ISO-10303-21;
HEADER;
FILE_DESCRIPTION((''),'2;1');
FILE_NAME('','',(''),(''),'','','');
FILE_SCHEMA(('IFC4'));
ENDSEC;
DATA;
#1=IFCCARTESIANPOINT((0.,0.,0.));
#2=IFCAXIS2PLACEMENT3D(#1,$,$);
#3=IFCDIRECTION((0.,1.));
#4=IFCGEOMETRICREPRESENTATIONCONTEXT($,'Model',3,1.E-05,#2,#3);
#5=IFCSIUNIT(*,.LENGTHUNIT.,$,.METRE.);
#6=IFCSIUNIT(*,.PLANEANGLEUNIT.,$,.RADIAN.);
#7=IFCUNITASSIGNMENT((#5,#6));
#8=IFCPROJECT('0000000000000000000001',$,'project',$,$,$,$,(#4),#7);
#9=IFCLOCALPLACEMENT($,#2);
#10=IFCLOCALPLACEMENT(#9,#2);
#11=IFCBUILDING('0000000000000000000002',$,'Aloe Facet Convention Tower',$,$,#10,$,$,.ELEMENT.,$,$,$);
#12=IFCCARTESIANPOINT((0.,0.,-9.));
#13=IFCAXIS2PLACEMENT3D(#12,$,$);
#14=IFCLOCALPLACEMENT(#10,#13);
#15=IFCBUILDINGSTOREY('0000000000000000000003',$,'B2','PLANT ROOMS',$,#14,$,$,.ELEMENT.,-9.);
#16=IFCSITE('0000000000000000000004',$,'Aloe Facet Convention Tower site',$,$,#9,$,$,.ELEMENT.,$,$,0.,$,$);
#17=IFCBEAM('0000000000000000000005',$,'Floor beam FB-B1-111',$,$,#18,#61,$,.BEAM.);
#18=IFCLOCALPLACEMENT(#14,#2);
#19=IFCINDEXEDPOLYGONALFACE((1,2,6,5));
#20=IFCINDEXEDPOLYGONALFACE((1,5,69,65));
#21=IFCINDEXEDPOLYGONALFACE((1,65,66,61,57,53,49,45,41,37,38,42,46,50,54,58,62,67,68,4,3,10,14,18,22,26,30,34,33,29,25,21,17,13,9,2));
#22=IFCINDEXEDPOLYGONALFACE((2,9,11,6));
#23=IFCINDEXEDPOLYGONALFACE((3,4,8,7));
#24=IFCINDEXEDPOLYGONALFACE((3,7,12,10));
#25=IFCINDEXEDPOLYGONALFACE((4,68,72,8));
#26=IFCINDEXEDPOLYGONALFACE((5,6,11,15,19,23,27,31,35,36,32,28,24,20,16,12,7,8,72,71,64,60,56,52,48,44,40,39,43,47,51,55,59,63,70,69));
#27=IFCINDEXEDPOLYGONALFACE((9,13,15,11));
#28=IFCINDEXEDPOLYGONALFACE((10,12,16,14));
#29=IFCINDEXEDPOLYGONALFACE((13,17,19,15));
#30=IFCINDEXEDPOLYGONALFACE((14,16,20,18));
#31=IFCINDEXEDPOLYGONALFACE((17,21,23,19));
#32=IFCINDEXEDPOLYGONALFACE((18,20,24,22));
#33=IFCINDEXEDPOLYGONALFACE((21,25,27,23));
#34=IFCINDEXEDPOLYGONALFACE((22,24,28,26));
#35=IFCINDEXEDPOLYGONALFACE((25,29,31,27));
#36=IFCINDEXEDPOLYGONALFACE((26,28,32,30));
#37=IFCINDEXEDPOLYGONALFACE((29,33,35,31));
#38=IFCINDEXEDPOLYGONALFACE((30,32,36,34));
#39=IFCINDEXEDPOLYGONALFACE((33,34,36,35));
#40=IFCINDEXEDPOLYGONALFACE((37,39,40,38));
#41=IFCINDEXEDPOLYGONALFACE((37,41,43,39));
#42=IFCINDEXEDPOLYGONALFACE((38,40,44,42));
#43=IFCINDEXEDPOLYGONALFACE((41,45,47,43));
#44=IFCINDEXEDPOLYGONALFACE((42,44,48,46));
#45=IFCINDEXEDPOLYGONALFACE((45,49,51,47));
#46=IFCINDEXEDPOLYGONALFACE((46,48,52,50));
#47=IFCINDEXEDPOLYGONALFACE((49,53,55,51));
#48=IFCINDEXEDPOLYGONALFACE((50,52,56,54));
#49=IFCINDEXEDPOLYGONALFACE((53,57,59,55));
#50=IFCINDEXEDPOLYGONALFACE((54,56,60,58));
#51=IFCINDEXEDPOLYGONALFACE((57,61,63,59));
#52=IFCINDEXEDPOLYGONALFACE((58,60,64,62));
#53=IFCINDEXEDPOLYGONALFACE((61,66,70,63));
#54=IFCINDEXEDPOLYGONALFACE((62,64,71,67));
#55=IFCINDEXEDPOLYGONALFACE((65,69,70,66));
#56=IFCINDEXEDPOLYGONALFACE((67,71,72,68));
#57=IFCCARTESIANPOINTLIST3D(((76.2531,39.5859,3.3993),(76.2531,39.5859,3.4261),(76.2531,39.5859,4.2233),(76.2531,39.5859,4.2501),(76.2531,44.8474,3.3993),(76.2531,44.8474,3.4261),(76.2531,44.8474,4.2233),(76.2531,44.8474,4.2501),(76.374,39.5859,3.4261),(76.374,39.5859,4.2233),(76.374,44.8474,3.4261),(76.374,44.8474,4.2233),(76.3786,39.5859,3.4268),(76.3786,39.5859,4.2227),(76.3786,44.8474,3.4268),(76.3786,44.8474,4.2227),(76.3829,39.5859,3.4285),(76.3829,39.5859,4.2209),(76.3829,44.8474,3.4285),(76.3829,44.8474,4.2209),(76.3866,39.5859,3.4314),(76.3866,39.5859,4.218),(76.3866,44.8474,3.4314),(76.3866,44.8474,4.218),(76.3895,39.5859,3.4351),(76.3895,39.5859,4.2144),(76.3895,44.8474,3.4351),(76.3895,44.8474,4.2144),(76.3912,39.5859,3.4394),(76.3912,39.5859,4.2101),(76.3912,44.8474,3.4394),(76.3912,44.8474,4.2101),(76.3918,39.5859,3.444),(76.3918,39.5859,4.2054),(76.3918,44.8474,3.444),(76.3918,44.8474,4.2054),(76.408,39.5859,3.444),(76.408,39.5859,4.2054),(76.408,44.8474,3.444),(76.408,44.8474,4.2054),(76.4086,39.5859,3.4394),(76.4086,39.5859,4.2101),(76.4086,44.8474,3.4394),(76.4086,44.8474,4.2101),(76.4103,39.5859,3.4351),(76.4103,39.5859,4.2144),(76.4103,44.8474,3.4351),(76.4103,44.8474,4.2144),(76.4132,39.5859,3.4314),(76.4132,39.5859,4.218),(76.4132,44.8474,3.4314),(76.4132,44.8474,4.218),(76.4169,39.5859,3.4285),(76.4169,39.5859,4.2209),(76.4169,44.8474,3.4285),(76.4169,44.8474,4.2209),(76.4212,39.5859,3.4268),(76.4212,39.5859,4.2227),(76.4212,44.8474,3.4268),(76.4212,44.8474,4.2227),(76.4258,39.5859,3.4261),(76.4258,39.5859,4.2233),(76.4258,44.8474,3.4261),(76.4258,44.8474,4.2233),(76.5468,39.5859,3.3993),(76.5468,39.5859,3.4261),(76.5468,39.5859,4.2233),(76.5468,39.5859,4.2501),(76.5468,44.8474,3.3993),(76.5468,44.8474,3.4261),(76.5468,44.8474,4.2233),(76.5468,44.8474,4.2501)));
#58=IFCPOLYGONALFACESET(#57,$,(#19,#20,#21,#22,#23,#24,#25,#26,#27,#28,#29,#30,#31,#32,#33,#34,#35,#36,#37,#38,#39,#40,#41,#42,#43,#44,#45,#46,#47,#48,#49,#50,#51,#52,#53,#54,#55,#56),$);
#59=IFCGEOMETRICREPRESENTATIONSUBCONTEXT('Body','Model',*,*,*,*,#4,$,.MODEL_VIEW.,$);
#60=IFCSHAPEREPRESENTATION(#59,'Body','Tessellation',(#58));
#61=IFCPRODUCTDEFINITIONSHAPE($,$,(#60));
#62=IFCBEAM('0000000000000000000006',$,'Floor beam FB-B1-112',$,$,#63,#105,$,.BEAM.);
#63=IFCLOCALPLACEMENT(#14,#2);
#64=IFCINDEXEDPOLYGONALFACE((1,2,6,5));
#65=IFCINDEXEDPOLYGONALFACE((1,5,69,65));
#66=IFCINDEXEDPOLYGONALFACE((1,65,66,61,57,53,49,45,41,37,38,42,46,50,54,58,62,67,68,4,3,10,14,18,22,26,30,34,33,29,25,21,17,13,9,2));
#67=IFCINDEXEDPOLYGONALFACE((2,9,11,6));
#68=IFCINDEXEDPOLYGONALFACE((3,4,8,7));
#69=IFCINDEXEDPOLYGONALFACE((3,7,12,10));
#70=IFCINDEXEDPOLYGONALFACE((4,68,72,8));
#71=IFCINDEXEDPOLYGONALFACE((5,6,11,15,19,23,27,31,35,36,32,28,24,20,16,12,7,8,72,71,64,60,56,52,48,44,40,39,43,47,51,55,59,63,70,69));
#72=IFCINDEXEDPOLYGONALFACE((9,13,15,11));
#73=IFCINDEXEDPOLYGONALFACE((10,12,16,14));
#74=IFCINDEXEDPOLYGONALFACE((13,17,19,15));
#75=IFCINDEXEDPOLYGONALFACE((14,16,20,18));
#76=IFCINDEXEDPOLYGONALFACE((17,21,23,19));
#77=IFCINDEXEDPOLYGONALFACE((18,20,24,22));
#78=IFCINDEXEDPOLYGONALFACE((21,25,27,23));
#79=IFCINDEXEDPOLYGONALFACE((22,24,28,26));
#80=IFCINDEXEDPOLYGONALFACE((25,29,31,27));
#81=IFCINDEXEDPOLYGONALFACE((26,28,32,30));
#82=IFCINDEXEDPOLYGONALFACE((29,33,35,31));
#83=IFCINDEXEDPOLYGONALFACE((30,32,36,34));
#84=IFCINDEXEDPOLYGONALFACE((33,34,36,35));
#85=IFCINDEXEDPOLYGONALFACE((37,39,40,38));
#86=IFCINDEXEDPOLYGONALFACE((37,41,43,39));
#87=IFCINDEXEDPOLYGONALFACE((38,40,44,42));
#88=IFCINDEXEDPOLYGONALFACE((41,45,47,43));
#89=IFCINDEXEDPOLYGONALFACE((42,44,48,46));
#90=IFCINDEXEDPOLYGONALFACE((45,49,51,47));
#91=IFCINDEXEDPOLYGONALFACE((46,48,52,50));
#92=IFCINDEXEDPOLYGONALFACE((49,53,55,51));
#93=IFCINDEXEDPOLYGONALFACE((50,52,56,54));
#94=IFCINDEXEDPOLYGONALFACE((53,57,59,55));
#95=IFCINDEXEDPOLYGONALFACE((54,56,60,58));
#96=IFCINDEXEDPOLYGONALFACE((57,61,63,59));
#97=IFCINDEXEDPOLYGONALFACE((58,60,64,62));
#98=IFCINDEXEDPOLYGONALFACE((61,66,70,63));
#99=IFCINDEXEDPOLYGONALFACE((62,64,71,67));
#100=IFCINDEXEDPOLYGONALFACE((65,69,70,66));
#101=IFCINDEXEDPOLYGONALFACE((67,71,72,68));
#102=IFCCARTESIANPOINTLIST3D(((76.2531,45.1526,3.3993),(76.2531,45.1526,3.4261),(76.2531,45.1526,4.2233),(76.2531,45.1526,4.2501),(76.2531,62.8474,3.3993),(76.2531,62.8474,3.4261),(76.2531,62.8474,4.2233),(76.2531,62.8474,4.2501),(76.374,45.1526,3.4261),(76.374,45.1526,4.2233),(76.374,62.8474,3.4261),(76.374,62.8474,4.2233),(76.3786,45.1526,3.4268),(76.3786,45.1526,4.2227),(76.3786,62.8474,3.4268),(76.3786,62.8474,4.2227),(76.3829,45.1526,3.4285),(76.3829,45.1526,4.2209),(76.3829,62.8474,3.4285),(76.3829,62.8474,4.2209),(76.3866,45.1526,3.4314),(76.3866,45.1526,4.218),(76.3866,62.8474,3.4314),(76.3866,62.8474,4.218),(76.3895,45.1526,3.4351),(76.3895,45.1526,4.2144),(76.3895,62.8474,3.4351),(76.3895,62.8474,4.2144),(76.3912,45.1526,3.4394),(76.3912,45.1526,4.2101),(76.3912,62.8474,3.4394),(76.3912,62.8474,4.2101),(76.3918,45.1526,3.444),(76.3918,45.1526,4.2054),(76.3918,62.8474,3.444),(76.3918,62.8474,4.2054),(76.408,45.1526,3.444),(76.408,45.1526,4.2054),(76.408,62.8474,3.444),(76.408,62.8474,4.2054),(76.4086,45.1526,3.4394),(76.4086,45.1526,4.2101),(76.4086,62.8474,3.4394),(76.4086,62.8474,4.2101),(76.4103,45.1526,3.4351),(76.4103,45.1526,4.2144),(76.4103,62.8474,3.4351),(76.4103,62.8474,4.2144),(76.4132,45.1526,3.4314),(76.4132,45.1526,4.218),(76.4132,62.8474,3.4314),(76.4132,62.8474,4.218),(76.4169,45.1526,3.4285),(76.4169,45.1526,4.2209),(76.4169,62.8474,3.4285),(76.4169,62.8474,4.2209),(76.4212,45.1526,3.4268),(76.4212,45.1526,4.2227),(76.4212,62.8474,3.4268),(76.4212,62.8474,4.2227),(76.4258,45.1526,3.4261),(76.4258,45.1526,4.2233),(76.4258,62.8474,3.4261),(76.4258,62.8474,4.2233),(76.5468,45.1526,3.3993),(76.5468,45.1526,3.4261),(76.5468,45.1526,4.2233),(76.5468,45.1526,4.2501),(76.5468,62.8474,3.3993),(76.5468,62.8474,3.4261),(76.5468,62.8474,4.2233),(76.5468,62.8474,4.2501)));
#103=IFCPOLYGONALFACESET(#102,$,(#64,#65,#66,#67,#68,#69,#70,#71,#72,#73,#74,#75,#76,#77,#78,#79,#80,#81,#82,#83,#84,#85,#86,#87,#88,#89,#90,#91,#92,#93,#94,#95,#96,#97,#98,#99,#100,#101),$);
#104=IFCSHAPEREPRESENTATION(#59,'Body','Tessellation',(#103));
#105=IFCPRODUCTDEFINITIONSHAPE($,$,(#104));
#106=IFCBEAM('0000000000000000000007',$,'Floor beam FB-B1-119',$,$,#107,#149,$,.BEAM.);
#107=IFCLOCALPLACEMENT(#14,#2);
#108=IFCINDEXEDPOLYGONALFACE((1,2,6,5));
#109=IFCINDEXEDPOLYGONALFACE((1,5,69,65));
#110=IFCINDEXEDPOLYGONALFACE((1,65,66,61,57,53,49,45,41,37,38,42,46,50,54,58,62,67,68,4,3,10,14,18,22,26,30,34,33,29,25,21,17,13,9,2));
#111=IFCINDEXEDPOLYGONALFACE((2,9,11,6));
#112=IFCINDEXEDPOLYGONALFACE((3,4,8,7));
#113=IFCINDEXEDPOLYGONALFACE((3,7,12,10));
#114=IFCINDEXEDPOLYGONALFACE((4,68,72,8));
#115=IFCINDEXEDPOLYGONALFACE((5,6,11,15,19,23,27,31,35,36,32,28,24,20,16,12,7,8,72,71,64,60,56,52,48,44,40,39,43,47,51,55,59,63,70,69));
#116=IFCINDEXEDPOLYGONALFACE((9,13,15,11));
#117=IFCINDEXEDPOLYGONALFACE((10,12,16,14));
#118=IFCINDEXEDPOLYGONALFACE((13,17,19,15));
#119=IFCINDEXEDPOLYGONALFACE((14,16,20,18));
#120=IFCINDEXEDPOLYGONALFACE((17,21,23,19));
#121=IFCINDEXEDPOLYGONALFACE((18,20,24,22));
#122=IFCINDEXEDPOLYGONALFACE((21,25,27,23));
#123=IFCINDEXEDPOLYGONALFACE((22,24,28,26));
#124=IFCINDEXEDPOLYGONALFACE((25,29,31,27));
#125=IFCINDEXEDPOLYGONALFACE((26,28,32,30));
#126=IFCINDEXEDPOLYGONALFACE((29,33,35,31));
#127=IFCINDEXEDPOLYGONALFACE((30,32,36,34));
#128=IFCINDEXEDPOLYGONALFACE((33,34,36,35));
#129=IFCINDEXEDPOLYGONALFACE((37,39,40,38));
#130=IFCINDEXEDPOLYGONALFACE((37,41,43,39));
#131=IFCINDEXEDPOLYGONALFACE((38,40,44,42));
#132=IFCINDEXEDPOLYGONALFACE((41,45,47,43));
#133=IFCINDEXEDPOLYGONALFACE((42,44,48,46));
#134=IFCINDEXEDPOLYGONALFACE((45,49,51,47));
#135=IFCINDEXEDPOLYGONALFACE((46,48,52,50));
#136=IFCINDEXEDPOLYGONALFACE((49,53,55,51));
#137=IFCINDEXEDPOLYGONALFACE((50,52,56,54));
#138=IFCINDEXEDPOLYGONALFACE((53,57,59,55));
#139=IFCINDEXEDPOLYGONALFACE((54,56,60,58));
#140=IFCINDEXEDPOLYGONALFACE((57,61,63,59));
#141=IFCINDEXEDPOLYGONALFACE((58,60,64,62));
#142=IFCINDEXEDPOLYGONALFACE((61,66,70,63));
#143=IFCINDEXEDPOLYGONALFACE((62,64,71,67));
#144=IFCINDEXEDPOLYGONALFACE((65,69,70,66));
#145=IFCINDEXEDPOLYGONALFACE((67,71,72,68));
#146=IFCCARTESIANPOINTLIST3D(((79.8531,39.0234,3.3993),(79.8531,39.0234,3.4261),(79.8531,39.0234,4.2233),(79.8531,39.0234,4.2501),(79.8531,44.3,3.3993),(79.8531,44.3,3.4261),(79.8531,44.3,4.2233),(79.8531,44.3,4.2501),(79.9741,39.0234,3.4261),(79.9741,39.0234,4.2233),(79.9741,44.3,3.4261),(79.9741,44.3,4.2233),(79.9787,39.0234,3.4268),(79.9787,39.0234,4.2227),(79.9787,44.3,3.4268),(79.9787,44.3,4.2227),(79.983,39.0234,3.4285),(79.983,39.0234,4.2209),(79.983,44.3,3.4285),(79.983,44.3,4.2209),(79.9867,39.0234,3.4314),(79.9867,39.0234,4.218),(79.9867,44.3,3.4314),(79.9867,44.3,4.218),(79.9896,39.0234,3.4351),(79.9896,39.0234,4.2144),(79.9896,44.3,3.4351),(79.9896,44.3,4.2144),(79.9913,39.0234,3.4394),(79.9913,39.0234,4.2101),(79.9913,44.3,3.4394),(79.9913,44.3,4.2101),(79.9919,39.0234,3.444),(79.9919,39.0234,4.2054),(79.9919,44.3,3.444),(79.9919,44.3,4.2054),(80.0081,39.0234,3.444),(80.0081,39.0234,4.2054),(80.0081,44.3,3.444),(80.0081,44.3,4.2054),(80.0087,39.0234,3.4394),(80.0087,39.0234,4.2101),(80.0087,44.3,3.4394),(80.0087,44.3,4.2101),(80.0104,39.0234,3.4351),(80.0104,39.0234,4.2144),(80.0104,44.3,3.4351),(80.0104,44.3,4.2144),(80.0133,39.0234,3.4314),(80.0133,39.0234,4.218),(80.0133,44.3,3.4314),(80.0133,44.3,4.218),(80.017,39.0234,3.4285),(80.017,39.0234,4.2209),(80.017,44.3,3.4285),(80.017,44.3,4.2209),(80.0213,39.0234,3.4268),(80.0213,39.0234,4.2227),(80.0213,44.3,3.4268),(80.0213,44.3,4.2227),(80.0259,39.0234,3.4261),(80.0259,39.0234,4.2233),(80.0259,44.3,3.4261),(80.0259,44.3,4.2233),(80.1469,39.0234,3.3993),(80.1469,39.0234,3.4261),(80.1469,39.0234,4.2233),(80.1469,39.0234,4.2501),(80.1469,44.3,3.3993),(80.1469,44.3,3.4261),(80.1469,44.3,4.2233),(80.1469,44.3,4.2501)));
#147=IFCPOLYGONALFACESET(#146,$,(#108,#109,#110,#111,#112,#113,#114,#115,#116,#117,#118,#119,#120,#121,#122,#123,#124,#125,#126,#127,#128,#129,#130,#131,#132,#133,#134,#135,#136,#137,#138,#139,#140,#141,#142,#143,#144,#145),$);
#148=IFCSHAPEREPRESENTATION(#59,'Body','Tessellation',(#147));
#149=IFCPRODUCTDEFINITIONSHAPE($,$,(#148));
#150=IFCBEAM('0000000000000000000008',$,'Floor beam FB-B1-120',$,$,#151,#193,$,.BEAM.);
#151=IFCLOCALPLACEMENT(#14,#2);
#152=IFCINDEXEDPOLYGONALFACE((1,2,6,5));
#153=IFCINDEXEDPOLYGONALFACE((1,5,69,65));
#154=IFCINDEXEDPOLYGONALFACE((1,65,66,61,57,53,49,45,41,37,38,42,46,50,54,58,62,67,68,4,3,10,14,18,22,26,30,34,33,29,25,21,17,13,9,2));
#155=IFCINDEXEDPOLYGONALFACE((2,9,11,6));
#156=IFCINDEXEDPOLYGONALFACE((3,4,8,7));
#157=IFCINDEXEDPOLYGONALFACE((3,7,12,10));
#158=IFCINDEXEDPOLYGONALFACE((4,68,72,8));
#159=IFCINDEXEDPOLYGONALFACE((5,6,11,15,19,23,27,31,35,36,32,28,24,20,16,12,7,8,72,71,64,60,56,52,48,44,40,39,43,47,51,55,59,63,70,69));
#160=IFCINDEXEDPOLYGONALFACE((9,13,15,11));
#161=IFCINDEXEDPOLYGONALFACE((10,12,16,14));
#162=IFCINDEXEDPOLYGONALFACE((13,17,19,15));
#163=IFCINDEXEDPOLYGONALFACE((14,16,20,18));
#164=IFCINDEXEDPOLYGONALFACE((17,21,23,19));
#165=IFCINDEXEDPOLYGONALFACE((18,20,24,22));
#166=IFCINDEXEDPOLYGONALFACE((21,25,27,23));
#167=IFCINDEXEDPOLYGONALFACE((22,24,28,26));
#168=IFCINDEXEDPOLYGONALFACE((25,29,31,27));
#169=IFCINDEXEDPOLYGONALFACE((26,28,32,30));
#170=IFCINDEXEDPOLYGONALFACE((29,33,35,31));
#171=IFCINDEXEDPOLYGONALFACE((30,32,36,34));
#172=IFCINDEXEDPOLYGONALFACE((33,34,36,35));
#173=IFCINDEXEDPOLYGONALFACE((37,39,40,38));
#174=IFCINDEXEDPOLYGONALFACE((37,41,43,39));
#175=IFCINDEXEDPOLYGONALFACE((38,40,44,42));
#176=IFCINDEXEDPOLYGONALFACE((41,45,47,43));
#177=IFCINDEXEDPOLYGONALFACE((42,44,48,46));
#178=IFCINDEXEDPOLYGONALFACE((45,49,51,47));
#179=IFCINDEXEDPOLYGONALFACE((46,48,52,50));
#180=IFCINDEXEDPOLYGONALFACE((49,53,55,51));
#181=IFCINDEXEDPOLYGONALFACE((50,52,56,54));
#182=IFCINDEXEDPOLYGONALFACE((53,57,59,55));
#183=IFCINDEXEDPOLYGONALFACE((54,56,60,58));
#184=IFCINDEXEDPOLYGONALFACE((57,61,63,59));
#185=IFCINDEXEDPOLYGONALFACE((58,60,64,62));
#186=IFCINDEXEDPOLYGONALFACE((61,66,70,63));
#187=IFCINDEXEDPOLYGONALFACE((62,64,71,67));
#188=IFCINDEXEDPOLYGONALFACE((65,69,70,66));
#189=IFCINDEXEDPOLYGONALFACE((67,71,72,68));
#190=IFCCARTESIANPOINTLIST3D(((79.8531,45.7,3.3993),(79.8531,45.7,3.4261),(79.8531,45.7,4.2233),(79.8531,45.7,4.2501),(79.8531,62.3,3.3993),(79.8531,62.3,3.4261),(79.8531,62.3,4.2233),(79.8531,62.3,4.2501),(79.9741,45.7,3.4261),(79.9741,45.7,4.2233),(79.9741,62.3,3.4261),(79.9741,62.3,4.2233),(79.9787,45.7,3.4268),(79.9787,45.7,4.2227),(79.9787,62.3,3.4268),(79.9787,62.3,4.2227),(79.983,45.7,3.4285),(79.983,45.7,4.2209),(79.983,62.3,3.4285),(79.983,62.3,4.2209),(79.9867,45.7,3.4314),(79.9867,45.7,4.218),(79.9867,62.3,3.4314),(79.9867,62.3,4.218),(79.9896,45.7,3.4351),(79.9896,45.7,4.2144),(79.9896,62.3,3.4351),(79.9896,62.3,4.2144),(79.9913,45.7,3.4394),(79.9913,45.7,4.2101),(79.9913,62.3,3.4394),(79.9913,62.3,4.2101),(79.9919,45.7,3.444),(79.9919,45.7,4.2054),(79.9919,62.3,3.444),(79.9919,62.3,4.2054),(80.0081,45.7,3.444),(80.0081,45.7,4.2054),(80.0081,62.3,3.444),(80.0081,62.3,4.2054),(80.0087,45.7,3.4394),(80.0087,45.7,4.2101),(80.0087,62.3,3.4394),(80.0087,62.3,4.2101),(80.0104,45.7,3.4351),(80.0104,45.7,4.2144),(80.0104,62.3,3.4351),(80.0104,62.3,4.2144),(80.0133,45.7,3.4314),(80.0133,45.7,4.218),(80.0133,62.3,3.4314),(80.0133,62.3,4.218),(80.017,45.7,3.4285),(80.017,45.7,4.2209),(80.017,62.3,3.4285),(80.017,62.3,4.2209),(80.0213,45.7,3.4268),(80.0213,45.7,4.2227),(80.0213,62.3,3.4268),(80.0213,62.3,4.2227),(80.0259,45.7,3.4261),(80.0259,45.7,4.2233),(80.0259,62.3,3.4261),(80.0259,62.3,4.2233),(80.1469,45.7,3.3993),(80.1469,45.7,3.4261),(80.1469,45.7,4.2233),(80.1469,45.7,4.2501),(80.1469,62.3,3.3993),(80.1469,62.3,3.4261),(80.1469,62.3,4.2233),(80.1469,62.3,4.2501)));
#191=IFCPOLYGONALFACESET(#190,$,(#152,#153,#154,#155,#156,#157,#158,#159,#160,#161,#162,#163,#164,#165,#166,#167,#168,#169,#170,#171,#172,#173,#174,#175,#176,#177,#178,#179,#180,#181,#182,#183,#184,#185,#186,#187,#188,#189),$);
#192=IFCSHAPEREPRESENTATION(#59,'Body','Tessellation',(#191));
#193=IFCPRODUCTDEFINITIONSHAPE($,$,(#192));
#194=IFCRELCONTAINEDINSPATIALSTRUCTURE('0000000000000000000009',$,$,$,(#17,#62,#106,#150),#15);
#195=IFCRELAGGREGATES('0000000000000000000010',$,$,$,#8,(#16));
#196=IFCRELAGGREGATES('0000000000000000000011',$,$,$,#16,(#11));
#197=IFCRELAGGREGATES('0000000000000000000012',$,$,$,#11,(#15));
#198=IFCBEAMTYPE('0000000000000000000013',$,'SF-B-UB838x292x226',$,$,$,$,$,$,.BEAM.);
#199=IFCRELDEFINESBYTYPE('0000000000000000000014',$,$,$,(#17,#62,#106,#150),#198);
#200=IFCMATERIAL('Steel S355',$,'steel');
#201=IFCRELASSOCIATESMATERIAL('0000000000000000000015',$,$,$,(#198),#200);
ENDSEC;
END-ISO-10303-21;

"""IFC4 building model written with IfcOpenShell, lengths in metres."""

from ifc_helpers import new_model, si_unit, direction, frame, origin, origin_2d, place, context, subcontext, project, spatial, i_section, extrude, material, material_profile, profile_set, type_object, element, save


model = new_model("IFC4")

# Units and contexts
model_context = context("Model", 3, precision=1e-05, world=origin(), true_north=direction((0.0, 1.0)))
body_context = subcontext(model_context, "Body", "Model", "MODEL_VIEW")
ifc_project = project(units=[si_unit("LENGTHUNIT", "METRE"), si_unit("PLANEANGLEUNIT", "RADIAN")], contexts=[model_context])

# Site, building, storey
site_placement = place(None, origin())
site = spatial("IfcSite", under=ifc_project, at=site_placement, Name="Aloe Facet Convention Tower site", CompositionType="ELEMENT", RefElevation=0.0)
building_placement = place(site_placement, origin())
building = spatial("IfcBuilding", under=site, at=building_placement, Name="Aloe Facet Convention Tower", CompositionType="ELEMENT")
storey_placement = place(building_placement, frame((0.0, 0.0, -9.0)))
storey = spatial("IfcBuildingStorey", under=building, at=storey_placement, Name="B2", Description="PLANT ROOMS", CompositionType="ELEMENT", Elevation=-9.0)

# Beams
ifc_material_1 = material(Name="Steel S355", Category="steel")
ifc_material_profile_1 = material_profile(ifc_material_1, i_section(OverallWidth=0.2937, OverallDepth=0.8508, WebThickness=0.0161, FlangeThickness=0.0269, FilletRadius=0.0178, at=origin_2d()), Name="UB 838x292x226")
ifc_profile_set_1 = profile_set([ifc_material_profile_1], Name="Steel S355")
beam_type_1 = type_object("IfcBeamType", Name="SF-B-UB838x292x226", PredefinedType="BEAM", material=ifc_profile_set_1)
beam_1_placement = place(storey_placement, frame((76.3999, 39.5859, 3.8247), z_axis=(0.0, 1.0, 0.0), x_axis=(-1.0, 0.0, 0.0)))
element("IfcBeam", 1, at=beam_1_placement, inside=storey, type_object=beam_type_1, Name="Floor beam FB-B1-111", PredefinedType="BEAM", context=body_context, shape_type="SweptSolid", body=[
    extrude(i_section(OverallWidth=0.2937, OverallDepth=0.8508, WebThickness=0.0161, FlangeThickness=0.0269, FilletRadius=0.0178, at=origin_2d()), origin(), (0.0, 0.0, 1.0), 5.2615),
])
beam_2_placement = place(storey_placement, frame((76.3999, 45.1526, 3.8247), z_axis=(0.0, 1.0, 0.0), x_axis=(-1.0, 0.0, 0.0)))
element("IfcBeam", 2, at=beam_2_placement, inside=storey, type_object=beam_type_1, Name="Floor beam FB-B1-112", PredefinedType="BEAM", context=body_context, shape_type="SweptSolid", body=[
    extrude(i_section(OverallWidth=0.2937, OverallDepth=0.8508, WebThickness=0.0161, FlangeThickness=0.0269, FilletRadius=0.0178, at=origin_2d()), origin(), (0.0, 0.0, 1.0), 17.6948),
])
beam_3_placement = place(storey_placement, frame((80.0, 39.0234, 3.8247), z_axis=(0.0, 1.0, 0.0), x_axis=(-1.0, 0.0, 0.0)))
element("IfcBeam", 3, at=beam_3_placement, inside=storey, type_object=beam_type_1, Name="Floor beam FB-B1-119", PredefinedType="BEAM", context=body_context, shape_type="SweptSolid", body=[
    extrude(i_section(OverallWidth=0.2937, OverallDepth=0.8508, WebThickness=0.0161, FlangeThickness=0.0269, FilletRadius=0.0178, at=origin_2d()), origin(), (0.0, 0.0, 1.0), 5.2766),
])
beam_4_placement = place(storey_placement, frame((80.0, 45.7, 3.8247), z_axis=(0.0, 1.0, 0.0), x_axis=(-1.0, 0.0, 0.0)))
element("IfcBeam", 4, at=beam_4_placement, inside=storey, type_object=beam_type_1, Name="Floor beam FB-B1-120", PredefinedType="BEAM", context=body_context, shape_type="SweptSolid", body=[
    extrude(i_section(OverallWidth=0.2937, OverallDepth=0.8508, WebThickness=0.0161, FlangeThickness=0.0269, FilletRadius=0.0178, at=origin_2d()), origin(), (0.0, 0.0, 1.0), 16.6001),
])

save(model, "model.ifc")
